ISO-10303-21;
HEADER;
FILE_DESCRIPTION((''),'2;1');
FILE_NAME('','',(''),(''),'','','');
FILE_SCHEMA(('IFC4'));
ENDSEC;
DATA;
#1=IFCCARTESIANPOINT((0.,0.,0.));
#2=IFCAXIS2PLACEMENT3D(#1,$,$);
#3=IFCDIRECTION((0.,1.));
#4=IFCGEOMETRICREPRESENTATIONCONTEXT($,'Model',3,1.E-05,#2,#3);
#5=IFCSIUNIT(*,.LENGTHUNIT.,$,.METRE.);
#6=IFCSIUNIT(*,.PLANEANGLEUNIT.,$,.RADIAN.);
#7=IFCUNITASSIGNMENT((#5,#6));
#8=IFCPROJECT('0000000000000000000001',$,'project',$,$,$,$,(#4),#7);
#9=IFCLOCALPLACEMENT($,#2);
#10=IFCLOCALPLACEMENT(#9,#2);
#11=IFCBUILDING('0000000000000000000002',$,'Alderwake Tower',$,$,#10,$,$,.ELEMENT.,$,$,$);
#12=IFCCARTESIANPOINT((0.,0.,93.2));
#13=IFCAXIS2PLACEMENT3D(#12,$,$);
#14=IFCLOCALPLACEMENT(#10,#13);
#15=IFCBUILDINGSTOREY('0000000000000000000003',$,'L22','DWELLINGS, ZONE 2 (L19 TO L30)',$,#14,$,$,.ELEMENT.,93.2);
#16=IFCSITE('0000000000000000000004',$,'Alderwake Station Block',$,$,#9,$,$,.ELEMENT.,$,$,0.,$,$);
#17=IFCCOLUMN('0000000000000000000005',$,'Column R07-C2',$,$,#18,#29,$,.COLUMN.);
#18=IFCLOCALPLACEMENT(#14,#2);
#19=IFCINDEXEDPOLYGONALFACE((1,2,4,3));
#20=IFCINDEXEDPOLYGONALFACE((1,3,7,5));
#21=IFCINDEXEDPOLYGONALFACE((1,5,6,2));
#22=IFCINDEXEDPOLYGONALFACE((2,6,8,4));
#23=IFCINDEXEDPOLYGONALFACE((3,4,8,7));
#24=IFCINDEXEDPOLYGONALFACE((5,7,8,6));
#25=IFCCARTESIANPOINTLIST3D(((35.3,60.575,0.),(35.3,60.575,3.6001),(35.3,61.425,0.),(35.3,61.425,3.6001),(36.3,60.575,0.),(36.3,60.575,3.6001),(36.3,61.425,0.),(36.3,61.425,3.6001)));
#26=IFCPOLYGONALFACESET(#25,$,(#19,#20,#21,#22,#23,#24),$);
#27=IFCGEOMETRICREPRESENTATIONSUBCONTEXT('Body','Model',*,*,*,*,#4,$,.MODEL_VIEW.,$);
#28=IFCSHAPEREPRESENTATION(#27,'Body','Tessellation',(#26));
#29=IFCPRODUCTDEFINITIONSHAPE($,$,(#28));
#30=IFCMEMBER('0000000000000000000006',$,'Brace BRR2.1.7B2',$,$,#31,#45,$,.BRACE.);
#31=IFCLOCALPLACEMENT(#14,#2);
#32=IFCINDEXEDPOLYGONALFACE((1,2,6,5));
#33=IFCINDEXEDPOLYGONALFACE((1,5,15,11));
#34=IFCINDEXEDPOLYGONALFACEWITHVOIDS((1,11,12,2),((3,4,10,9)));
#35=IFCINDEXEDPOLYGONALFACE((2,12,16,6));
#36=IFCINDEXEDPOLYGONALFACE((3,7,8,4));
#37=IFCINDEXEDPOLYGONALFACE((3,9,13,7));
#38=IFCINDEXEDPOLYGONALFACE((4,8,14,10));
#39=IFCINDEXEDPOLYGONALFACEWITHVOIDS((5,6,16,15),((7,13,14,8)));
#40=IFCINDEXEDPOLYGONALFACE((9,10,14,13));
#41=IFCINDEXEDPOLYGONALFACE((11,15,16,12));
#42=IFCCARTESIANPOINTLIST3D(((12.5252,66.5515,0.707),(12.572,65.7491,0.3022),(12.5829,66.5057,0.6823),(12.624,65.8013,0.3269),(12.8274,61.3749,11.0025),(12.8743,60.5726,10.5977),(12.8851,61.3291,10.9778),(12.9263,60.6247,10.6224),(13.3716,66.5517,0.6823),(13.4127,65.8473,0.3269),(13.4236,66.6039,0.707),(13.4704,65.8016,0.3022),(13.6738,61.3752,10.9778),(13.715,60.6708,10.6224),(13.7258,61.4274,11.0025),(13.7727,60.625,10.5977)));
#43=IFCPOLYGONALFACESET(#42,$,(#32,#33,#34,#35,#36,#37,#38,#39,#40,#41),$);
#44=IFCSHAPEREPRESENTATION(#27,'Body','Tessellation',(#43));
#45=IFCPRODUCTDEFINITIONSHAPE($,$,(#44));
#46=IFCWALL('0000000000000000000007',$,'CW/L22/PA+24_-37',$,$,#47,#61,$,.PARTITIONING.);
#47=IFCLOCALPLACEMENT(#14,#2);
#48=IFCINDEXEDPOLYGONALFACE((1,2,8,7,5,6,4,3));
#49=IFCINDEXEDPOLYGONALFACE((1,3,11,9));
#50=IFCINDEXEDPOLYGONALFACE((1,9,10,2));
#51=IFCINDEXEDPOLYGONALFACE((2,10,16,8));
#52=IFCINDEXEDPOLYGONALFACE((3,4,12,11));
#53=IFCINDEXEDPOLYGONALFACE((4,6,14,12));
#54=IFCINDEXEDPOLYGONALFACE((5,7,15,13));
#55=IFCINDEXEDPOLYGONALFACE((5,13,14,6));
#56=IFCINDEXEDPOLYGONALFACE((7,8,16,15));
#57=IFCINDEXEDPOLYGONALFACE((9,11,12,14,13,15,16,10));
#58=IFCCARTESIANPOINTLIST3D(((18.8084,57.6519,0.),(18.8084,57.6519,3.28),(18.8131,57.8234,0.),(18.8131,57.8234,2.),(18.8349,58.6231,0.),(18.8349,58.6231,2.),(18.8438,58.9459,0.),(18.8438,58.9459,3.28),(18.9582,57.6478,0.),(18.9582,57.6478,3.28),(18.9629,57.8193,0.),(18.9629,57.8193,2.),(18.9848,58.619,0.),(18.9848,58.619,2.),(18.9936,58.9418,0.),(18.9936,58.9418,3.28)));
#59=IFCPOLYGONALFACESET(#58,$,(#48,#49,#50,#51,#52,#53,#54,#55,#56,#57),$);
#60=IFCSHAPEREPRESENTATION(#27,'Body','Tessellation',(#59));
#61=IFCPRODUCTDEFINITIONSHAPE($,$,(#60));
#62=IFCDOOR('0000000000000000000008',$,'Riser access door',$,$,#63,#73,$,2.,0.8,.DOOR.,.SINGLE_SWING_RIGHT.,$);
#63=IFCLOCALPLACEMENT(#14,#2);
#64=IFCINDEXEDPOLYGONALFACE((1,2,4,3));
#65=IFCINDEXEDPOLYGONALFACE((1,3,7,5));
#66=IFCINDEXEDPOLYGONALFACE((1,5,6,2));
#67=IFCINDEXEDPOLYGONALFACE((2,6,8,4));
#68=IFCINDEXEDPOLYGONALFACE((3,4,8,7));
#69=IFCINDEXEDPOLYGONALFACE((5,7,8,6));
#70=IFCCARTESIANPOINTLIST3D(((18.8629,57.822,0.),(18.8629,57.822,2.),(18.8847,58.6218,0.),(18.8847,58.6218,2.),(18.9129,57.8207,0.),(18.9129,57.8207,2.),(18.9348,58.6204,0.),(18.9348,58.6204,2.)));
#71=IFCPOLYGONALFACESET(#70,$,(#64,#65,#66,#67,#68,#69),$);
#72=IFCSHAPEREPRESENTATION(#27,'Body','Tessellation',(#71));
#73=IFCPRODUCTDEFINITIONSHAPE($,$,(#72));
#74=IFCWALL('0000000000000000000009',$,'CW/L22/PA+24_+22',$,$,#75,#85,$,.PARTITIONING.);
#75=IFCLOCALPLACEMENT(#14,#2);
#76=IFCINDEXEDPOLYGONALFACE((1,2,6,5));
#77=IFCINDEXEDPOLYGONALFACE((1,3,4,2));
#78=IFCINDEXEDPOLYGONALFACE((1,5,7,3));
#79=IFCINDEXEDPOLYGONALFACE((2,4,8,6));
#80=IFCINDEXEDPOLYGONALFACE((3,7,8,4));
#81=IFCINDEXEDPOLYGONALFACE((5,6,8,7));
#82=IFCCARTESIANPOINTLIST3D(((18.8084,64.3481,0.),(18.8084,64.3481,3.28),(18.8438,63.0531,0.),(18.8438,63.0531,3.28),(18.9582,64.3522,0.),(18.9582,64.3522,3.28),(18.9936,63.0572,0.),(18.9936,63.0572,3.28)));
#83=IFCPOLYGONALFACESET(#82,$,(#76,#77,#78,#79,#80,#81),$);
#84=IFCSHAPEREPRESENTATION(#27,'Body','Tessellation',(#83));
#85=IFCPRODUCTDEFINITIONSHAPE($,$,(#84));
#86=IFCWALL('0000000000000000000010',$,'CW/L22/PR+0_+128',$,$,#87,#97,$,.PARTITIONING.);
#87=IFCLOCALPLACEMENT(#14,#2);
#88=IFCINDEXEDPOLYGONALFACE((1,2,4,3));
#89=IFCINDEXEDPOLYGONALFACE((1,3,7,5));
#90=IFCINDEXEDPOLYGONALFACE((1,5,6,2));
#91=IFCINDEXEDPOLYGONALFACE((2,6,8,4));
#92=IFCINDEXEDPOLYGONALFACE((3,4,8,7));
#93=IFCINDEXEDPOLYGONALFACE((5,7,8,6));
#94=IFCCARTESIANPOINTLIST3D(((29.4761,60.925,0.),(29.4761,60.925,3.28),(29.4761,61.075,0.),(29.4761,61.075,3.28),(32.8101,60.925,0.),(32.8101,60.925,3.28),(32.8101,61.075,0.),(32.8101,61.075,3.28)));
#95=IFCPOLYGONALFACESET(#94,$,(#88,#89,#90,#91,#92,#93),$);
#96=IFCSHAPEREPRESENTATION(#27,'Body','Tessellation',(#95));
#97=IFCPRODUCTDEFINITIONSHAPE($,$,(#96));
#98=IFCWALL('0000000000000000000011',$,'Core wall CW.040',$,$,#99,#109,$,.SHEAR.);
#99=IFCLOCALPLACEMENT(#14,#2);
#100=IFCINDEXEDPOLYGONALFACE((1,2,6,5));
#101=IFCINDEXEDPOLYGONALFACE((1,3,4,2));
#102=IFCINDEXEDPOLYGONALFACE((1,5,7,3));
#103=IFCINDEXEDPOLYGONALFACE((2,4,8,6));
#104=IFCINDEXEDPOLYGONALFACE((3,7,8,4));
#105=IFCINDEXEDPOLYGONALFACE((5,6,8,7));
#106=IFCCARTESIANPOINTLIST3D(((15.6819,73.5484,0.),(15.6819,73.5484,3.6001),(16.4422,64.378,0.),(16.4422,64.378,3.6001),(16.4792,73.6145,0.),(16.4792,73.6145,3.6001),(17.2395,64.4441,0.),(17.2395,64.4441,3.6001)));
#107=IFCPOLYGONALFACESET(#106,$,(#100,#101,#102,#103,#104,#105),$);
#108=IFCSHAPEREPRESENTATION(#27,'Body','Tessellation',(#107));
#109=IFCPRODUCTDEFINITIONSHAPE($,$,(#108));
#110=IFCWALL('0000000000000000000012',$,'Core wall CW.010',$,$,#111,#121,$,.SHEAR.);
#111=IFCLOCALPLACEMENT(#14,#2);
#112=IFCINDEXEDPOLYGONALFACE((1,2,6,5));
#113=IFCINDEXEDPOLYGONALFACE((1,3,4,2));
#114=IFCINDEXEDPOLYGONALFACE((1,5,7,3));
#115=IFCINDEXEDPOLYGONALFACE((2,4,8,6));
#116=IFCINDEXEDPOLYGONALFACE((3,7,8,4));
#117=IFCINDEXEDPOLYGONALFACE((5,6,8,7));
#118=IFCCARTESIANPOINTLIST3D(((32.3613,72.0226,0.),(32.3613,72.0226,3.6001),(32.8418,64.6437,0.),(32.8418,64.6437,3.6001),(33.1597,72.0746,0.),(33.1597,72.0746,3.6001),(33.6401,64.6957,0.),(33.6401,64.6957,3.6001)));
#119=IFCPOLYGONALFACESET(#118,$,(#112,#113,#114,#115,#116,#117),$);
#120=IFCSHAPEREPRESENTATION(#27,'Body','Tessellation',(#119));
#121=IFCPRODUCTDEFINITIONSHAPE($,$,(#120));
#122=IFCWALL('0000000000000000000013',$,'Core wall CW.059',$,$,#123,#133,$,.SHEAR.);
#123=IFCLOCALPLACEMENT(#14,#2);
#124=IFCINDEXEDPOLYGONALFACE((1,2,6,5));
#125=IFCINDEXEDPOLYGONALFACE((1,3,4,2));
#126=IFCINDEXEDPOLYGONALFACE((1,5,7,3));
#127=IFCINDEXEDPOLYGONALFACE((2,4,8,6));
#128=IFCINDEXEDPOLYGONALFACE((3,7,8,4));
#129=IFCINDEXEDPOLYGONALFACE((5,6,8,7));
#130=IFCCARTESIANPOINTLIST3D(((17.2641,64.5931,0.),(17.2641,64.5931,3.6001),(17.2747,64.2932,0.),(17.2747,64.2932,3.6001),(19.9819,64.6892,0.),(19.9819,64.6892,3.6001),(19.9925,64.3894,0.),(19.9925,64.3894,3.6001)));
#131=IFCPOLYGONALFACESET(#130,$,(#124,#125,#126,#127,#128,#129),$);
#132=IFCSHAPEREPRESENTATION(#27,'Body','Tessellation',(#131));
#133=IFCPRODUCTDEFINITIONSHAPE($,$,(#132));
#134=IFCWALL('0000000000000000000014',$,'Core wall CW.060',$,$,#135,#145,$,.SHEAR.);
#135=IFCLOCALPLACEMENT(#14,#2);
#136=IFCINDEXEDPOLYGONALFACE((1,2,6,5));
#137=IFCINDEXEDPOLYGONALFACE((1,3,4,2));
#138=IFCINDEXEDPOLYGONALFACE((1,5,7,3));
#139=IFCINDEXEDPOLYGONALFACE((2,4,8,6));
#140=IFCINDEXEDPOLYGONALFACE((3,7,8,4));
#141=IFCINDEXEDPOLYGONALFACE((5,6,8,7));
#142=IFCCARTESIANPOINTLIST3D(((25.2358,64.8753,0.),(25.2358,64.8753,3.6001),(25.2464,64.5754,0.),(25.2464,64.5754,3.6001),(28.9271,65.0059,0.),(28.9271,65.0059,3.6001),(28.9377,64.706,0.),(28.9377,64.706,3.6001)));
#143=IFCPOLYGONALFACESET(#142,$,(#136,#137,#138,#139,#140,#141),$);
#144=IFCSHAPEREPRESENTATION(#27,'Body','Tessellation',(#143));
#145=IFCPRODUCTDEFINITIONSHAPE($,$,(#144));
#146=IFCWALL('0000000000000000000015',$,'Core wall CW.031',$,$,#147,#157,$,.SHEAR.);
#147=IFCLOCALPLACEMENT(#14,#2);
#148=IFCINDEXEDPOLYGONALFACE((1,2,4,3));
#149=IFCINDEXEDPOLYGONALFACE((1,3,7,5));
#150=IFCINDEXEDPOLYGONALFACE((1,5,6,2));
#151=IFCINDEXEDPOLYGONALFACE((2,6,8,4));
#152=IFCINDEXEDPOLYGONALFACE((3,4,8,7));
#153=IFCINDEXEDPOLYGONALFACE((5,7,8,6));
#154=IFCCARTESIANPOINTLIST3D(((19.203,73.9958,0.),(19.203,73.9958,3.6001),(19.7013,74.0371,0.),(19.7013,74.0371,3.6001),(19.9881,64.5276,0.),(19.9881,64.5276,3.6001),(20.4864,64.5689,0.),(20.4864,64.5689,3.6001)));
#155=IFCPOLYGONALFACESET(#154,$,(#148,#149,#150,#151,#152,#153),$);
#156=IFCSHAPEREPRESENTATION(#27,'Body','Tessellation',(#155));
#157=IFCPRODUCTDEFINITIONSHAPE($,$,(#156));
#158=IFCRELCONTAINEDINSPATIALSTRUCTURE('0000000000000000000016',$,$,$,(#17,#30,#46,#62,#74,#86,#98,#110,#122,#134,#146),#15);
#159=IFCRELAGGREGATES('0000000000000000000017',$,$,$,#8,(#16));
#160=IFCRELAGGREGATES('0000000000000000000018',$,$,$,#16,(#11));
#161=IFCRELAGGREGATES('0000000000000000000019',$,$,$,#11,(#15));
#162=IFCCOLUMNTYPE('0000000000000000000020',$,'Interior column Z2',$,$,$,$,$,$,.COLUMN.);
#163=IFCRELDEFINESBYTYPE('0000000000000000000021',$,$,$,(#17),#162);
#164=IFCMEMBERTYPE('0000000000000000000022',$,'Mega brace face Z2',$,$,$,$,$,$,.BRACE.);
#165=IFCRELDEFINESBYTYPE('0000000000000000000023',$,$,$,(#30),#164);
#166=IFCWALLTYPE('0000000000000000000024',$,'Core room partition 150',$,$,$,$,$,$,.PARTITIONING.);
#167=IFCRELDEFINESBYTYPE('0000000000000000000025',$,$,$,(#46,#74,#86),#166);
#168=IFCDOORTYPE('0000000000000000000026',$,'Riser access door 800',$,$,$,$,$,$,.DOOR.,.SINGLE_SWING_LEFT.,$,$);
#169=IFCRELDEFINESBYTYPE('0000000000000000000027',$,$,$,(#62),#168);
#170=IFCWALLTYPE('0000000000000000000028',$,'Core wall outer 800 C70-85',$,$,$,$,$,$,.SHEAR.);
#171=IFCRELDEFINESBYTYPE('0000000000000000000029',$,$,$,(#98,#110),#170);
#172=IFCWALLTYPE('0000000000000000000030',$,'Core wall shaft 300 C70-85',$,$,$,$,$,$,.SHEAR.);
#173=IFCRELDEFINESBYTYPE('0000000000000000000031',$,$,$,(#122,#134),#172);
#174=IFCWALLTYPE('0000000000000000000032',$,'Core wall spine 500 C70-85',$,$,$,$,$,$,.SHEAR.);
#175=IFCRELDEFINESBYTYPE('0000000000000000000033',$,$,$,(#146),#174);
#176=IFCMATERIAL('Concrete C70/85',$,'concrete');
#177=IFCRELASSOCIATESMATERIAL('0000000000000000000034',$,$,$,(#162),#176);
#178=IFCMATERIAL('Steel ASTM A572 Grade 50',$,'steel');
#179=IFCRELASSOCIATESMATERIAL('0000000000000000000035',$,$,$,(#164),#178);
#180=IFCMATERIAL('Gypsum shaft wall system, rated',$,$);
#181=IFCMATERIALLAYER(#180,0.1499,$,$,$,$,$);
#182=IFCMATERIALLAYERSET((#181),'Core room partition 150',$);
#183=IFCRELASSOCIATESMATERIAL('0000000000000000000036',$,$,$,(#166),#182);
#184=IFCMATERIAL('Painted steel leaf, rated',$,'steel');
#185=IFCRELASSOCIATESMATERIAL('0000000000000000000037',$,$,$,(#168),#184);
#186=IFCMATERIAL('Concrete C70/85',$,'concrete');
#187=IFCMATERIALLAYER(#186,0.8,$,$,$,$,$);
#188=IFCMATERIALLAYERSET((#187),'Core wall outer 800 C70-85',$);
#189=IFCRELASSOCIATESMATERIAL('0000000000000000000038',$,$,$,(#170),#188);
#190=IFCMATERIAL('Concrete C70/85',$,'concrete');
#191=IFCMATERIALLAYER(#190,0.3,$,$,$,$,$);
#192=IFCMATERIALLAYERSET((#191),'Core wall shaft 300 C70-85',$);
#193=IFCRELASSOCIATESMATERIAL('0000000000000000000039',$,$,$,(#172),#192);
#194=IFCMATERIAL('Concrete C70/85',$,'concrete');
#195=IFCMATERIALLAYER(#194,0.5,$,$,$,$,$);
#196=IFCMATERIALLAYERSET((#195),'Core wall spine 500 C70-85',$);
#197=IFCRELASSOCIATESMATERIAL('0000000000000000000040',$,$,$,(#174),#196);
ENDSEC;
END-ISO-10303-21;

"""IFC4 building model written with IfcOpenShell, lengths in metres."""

from ifc_helpers import new_model, si_unit, direction, frame, frame_2d, origin, origin_2d, place, context, subcontext, project, spatial, rectangle, hollow_rectangle, extrude, material, layer, layer_set, material_profile, profile_set, type_object, element, fill, save


model = new_model("IFC4")

# Units and contexts
model_context = context("Model", 3, precision=1e-05, world=origin(), true_north=direction((0.0, 1.0)))
body_context = subcontext(model_context, "Body", "Model", "MODEL_VIEW")
ifc_project = project(units=[si_unit("LENGTHUNIT", "METRE"), si_unit("PLANEANGLEUNIT", "RADIAN")], contexts=[model_context])

# Site, building, storey
site_placement = place(None, origin())
site = spatial("IfcSite", under=ifc_project, at=site_placement, Name="Alderwake Station Block", CompositionType="ELEMENT", RefElevation=0.0)
building_placement = place(site_placement, origin())
building = spatial("IfcBuilding", under=site, at=building_placement, Name="Alderwake Tower", CompositionType="ELEMENT")
storey_placement = place(building_placement, frame((0.0, 0.0, 93.2)))
storey = spatial("IfcBuildingStorey", under=building, at=storey_placement, Name="L22", Description="DWELLINGS, ZONE 2 (L19 TO L30)", CompositionType="ELEMENT", Elevation=93.2)

# Column
ifc_material_1 = material(Name="Concrete C70/85", Category="concrete")
ifc_material_profile_1 = material_profile(ifc_material_1, rectangle(XDim=0.8501, YDim=1.0, at=origin_2d()), Name="RC 1000X850")
ifc_profile_set_1 = profile_set([ifc_material_profile_1], Name="Concrete C70/85")
column_type = type_object("IfcColumnType", Name="Interior column Z2", PredefinedType="COLUMN", material=ifc_profile_set_1)
column_placement = place(storey_placement, frame((35.8, 61.0, 0.0), z_axis=(0.0, 0.0, 1.0), x_axis=(0.0, 1.0, 0.0)))
element("IfcColumn", 1, at=column_placement, inside=storey, type_object=column_type, Name="Column R07-C2", PredefinedType="COLUMN", context=body_context, shape_type="SweptSolid", body=[
    extrude(rectangle(XDim=0.8501, YDim=1.0, at=origin_2d()), origin(), (0.0, 0.0, 1.0), 3.6001),
])

# Member
ifc_material_2 = material(Name="Steel ASTM A572 Grade 50", Category="steel")
ifc_material_profile_2 = material_profile(ifc_material_2, hollow_rectangle(XDim=0.8999, YDim=0.8999, WallThickness=0.0549, at=origin_2d()), Name="BOX 900X900X55")
ifc_profile_set_2 = profile_set([ifc_material_profile_2], Name="Steel ASTM A572 Grade 50")
member_type = type_object("IfcMemberType", Name="Mega brace face Z2", PredefinedType="BRACE", material=ifc_profile_set_2)
member_placement = place(storey_placement, frame((12.9978, 66.1765, 0.5046), z_axis=(0.02622, -0.449058, 0.893118), x_axis=(0.9983, 0.058289, 0.0)))
element("IfcMember", 2, at=member_placement, inside=storey, type_object=member_type, Name="Brace BRR2.1.7B2", PredefinedType="BRACE", context=body_context, shape_type="SweptSolid", body=[
    extrude(hollow_rectangle(XDim=0.8999, YDim=0.8999, WallThickness=0.0549, at=origin_2d()), origin(), (0.0, 0.0, 1.0), 11.5276),
])

# Wall, opening, door
ifc_material_3 = material(Name="Gypsum shaft wall system, rated")
ifc_layer_1 = layer(ifc_material_3, 0.1499)
ifc_layer_set_1 = layer_set([ifc_layer_1], Name="Core room partition 150")
wall_type_1 = type_object("IfcWallType", Name="Core room partition 150", PredefinedType="PARTITIONING", material=ifc_layer_set_1)
wall_1_placement = place(storey_placement, frame((18.9187, 58.9438, 0.0), z_axis=(0.0, 0.0, 1.0), x_axis=(-0.027348, -0.999626, 0.0)))
wall_1 = element("IfcWall", 3, at=wall_1_placement, inside=storey, type_object=wall_type_1, Name="CW/L22/PA+24_-37", PredefinedType="PARTITIONING", context=body_context, shape_type="SweptSolid", body=[
    extrude(rectangle(XDim=1.2944, YDim=0.1499, at=frame_2d((0.6472, 0.0))), origin(), (0.0, 0.0, 1.0), 3.28),
])
opening_1_placement = place(wall_1_placement, frame((0.323, 0.0, 0.0)))
opening_1 = element("IfcOpeningElement", 4, at=opening_1_placement, cuts=wall_1, PredefinedType="OPENING", context=body_context, shape_type="SweptSolid", body=[
    extrude(rectangle(XDim=0.8, YDim=2.0, at=frame_2d((0.3999, 1.0))), frame((0.0, 0.085, 0.0), z_axis=(0.0, -1.0, 0.0), x_axis=(1.0, 0.0, 0.0)), (0.0, 0.0, 1.0), 0.1699),
])
ifc_material_4 = material(Name="Painted steel leaf, rated", Category="steel")
door_type_1 = type_object("IfcDoorType", Name="Riser access door 800", OperationType="SINGLE_SWING_LEFT", PredefinedType="DOOR", material=ifc_material_4)
door_1_placement = place(opening_1_placement, origin())
door_1 = element("IfcDoor", 5, at=door_1_placement, inside=storey, type_object=door_type_1, Name="Riser access door", OperationType="SINGLE_SWING_RIGHT", OverallHeight=2.0, OverallWidth=0.8, PredefinedType="DOOR", context=body_context, shape_type="SweptSolid", body=[
    extrude(rectangle(XDim=0.8, YDim=2.0, at=frame_2d((0.3999, 1.0))), frame((0.0, 0.0249, 0.0), z_axis=(0.0, -1.0, 0.0), x_axis=(1.0, 0.0, 0.0)), (0.0, 0.0, 1.0), 0.05),
])
fill(opening_1, door_1)

# Walls
wall_2_placement = place(storey_placement, frame((18.9187, 63.0552, 0.0), z_axis=(0.0, 0.0, 1.0), x_axis=(-0.027328, 0.999627, 0.0)))
element("IfcWall", 6, at=wall_2_placement, inside=storey, type_object=wall_type_1, Name="CW/L22/PA+24_+22", PredefinedType="PARTITIONING", context=body_context, shape_type="SweptSolid", body=[
    extrude(rectangle(XDim=1.2954, YDim=0.1499, at=frame_2d((0.6477, 0.0))), origin(), (0.0, 0.0, 1.0), 3.28),
])
wall_3_placement = place(storey_placement, frame((29.4761, 61.0, 0.0), z_axis=(0.0, 0.0, 1.0), x_axis=(1.0, 0.0, 0.0)))
element("IfcWall", 7, at=wall_3_placement, inside=storey, type_object=wall_type_1, Name="CW/L22/PR+0_+128", PredefinedType="PARTITIONING", context=body_context, shape_type="SweptSolid", body=[
    extrude(rectangle(XDim=3.334, YDim=0.1499, at=frame_2d((1.667, 0.0))), origin(), (0.0, 0.0, 1.0), 3.28),
])
ifc_material_5 = material(Name="Concrete C70/85", Category="concrete")
ifc_layer_2 = layer(ifc_material_5, 0.8)
ifc_layer_set_2 = layer_set([ifc_layer_2], Name="Core wall outer 800 C70-85")
wall_type_2 = type_object("IfcWallType", Name="Core wall outer 800 C70-85", PredefinedType="SHEAR", material=ifc_layer_set_2)
wall_4_placement = place(storey_placement, frame((16.8408, 64.4109, 0.0), z_axis=(0.0, 0.0, 1.0), x_axis=(-0.08262, 0.996581, 0.0)))
element("IfcWall", 8, at=wall_4_placement, inside=storey, type_object=wall_type_2, Name="Core wall CW.040", PredefinedType="SHEAR", context=body_context, shape_type="SweptSolid", body=[
    extrude(rectangle(XDim=9.2019, YDim=0.8, at=frame_2d((4.6011, 0.0))), origin(), (0.0, 0.0, 1.0), 3.6001),
])
wall_5_placement = place(storey_placement, frame((33.241, 64.6697, 0.0), z_axis=(0.0, 0.0, 1.0), x_axis=(-0.064976, 0.997887, 0.0)))
element("IfcWall", 9, at=wall_5_placement, inside=storey, type_object=wall_type_2, Name="Core wall CW.010", PredefinedType="SHEAR", context=body_context, shape_type="SweptSolid", body=[
    extrude(rectangle(XDim=7.3945, YDim=0.8, at=frame_2d((3.6973, 0.0))), origin(), (0.0, 0.0, 1.0), 3.6001),
])
ifc_material_6 = material(Name="Concrete C70/85", Category="concrete")
ifc_layer_3 = layer(ifc_material_6, 0.3)
ifc_layer_set_3 = layer_set([ifc_layer_3], Name="Core wall shaft 300 C70-85")
wall_type_3 = type_object("IfcWallType", Name="Core wall shaft 300 C70-85", PredefinedType="SHEAR", material=ifc_layer_set_3)
wall_6_placement = place(storey_placement, frame((17.2693, 64.4431, 0.0), z_axis=(0.0, 0.0, 1.0), x_axis=(0.999374, 0.035371, 0.0)))
element("IfcWall", 10, at=wall_6_placement, inside=storey, type_object=wall_type_3, Name="Core wall CW.059", PredefinedType="SHEAR", context=body_context, shape_type="SweptSolid", body=[
    extrude(rectangle(XDim=2.7195, YDim=0.3, at=frame_2d((1.3599, 0.0))), origin(), (0.0, 0.0, 1.0), 3.6001),
])
wall_7_placement = place(storey_placement, frame((25.2412, 64.7253, 0.0), z_axis=(0.0, 0.0, 1.0), x_axis=(0.999375, 0.035361, 0.0)))
element("IfcWall", 11, at=wall_7_placement, inside=storey, type_object=wall_type_3, Name="Core wall CW.060", PredefinedType="SHEAR", context=body_context, shape_type="SweptSolid", body=[
    extrude(rectangle(XDim=3.6936, YDim=0.3, at=frame_2d((1.8467, 0.0))), origin(), (0.0, 0.0, 1.0), 3.6001),
])
ifc_material_7 = material(Name="Concrete C70/85", Category="concrete")
ifc_layer_4 = layer(ifc_material_7, 0.5)
ifc_layer_set_4 = layer_set([ifc_layer_4], Name="Core wall spine 500 C70-85")
wall_type_4 = type_object("IfcWallType", Name="Core wall spine 500 C70-85", PredefinedType="SHEAR", material=ifc_layer_set_4)
wall_8_placement = place(storey_placement, frame((20.2373, 64.5481, 0.0), z_axis=(0.0, 0.0, 1.0), x_axis=(-0.082641, 0.996579, 0.0)))
element("IfcWall", 12, at=wall_8_placement, inside=storey, type_object=wall_type_4, Name="Core wall CW.031", PredefinedType="SHEAR", context=body_context, shape_type="SweptSolid", body=[
    extrude(rectangle(XDim=9.5007, YDim=0.5, at=frame_2d((4.7505, 0.0))), origin(), (0.0, 0.0, 1.0), 3.6001),
])

save(model, "model.ifc")
